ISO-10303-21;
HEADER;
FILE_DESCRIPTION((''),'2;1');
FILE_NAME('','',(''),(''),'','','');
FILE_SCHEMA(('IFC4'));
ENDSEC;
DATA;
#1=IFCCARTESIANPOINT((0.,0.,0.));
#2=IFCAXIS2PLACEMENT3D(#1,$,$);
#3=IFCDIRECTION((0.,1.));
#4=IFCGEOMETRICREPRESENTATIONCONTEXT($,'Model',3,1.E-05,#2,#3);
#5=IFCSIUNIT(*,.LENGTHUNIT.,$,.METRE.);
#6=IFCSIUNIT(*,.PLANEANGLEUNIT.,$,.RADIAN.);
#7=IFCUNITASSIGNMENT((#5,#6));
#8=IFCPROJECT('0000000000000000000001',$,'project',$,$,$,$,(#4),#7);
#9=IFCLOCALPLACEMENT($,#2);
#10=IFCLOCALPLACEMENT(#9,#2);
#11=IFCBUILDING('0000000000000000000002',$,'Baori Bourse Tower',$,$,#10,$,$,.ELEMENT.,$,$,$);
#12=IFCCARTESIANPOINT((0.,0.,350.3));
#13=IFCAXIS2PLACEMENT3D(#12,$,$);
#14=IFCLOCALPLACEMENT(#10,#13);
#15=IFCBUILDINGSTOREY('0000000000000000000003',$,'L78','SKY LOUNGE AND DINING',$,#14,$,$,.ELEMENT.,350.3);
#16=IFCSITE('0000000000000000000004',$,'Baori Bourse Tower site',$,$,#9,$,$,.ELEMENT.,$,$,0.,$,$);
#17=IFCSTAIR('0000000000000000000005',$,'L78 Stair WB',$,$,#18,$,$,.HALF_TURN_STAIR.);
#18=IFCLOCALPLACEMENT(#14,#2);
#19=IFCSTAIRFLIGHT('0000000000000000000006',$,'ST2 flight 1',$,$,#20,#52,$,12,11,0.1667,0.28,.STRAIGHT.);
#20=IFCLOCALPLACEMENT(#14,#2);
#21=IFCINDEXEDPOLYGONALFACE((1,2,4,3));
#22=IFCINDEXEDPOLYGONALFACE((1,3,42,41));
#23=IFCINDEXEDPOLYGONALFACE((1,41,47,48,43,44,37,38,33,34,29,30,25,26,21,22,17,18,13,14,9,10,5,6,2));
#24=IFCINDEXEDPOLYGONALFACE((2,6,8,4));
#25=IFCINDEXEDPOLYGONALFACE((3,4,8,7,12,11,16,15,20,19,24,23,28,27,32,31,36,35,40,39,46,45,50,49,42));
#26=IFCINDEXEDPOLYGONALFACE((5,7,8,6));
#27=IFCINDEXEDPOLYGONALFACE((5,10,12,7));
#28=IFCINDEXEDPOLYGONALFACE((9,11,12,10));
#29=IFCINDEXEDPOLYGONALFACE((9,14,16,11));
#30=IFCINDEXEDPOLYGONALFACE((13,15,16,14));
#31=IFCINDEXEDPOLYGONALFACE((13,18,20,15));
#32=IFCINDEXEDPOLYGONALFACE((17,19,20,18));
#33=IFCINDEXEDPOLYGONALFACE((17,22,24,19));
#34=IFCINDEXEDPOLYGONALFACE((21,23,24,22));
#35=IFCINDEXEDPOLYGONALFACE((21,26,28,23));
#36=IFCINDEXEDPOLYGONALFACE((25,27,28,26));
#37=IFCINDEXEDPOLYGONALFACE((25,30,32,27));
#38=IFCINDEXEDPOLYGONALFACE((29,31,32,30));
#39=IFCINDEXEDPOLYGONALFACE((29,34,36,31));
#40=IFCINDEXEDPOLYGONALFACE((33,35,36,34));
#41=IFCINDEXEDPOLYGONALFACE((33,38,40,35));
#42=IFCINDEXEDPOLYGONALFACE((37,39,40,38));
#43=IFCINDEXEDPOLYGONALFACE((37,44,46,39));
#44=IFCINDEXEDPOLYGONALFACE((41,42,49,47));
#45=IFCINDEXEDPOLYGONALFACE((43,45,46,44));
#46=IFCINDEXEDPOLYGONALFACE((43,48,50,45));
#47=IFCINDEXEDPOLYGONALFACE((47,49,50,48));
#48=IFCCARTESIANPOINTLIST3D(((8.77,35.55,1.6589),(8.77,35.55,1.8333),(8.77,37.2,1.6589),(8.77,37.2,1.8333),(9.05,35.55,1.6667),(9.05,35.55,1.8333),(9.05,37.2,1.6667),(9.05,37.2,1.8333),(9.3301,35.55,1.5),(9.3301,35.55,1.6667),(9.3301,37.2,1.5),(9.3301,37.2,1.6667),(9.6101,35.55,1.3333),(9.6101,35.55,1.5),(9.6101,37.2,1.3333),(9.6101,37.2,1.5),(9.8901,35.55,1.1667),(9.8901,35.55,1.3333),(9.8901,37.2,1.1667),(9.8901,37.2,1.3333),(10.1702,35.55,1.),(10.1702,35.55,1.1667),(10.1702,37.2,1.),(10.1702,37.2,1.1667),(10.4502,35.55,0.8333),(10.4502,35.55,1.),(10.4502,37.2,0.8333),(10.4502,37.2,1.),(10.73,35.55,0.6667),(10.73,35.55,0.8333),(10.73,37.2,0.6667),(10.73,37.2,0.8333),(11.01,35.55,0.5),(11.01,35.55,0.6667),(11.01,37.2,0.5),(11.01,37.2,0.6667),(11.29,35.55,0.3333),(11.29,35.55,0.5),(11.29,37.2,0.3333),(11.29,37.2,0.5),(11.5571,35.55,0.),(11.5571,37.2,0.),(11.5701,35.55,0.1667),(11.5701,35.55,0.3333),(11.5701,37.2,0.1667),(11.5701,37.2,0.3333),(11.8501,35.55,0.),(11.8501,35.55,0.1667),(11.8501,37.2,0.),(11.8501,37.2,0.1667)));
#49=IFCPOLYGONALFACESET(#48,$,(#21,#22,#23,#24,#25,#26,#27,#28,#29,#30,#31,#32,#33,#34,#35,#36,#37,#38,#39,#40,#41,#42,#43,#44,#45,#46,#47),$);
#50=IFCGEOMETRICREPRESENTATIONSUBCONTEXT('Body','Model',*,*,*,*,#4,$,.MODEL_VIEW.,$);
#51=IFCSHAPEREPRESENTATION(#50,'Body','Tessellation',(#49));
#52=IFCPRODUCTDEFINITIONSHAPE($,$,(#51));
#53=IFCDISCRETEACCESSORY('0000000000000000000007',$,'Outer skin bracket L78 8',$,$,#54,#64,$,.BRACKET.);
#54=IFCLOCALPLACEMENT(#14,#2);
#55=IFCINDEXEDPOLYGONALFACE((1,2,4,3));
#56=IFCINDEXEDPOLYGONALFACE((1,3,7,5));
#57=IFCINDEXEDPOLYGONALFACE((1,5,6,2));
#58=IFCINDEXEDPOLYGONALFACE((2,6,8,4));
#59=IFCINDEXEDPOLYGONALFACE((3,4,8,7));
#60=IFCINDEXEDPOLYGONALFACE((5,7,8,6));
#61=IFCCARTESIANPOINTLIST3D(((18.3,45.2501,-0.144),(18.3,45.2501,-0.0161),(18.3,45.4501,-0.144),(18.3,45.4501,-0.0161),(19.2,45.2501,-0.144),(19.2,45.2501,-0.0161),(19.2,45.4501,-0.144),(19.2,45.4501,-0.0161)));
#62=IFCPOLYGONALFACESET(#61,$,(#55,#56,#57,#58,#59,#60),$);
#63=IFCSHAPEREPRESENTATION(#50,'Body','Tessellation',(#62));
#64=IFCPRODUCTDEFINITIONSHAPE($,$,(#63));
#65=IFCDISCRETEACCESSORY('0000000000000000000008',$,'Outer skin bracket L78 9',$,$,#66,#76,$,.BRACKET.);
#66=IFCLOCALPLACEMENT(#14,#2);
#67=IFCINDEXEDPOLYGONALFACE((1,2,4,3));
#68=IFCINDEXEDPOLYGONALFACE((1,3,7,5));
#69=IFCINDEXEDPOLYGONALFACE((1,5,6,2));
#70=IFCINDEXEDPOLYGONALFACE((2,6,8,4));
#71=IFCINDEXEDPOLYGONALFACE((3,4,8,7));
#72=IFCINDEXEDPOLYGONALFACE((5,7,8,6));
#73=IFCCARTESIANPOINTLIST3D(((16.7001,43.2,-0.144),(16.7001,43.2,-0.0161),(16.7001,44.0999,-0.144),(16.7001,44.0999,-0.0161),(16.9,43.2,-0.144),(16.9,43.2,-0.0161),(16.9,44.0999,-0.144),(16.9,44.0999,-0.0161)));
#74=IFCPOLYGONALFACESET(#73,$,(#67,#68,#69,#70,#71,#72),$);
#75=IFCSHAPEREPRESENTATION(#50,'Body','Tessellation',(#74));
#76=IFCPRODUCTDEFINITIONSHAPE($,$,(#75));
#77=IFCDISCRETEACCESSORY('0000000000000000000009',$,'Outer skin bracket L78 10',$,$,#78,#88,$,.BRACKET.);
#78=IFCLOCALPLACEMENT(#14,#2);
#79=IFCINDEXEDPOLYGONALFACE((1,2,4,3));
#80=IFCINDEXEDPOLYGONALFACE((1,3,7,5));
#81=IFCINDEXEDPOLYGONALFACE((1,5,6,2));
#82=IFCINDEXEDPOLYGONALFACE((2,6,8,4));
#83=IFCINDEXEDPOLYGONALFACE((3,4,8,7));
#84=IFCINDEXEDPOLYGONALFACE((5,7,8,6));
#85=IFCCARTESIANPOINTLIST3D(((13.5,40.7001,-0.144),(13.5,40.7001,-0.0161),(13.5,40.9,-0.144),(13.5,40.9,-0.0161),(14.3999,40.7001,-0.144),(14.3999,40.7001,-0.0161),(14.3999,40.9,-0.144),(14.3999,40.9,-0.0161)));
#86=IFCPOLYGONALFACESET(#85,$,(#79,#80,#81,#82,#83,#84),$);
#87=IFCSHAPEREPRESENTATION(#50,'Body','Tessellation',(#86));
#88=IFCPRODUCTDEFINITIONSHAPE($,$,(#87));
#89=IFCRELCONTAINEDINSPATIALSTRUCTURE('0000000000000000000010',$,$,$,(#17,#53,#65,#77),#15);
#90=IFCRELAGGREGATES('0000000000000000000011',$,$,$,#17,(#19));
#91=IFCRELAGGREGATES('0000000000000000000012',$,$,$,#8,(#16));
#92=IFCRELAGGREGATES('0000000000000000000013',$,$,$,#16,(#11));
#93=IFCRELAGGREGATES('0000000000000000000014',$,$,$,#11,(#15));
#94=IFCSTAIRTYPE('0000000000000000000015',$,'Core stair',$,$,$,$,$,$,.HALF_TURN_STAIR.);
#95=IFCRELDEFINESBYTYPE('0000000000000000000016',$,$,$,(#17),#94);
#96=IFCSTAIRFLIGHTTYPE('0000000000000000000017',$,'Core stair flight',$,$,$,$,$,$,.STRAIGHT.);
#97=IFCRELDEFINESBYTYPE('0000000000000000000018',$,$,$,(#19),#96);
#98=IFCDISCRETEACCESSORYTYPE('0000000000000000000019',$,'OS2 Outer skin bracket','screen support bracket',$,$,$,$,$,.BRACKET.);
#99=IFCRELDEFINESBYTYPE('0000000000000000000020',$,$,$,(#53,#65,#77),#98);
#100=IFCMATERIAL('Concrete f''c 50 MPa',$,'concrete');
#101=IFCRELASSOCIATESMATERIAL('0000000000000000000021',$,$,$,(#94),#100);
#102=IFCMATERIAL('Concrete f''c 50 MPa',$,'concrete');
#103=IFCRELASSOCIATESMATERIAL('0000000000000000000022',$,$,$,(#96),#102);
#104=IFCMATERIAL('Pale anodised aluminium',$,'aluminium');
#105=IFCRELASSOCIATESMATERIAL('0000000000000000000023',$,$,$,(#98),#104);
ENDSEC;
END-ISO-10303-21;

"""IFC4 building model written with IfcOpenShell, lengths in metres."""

from ifc_helpers import new_model, si_unit, direction, frame, origin, origin_2d, place, context, subcontext, project, spatial, polyline, rectangle, outline, extrude, material, type_object, element, aggregate, save


model = new_model("IFC4")

# Units and contexts
model_context = context("Model", 3, precision=1e-05, world=origin(), true_north=direction((0.0, 1.0)))
body_context = subcontext(model_context, "Body", "Model", "MODEL_VIEW")
ifc_project = project(units=[si_unit("LENGTHUNIT", "METRE"), si_unit("PLANEANGLEUNIT", "RADIAN")], contexts=[model_context])

# Site, building, storey
site_placement = place(None, origin())
site = spatial("IfcSite", under=ifc_project, at=site_placement, Name="Baori Bourse Tower site", CompositionType="ELEMENT", RefElevation=0.0)
building_placement = place(site_placement, origin())
building = spatial("IfcBuilding", under=site, at=building_placement, Name="Baori Bourse Tower", CompositionType="ELEMENT")
storey_placement = place(building_placement, frame((0.0, 0.0, 350.3)))
storey = spatial("IfcBuildingStorey", under=building, at=storey_placement, Name="L78", Description="SKY LOUNGE AND DINING", CompositionType="ELEMENT", Elevation=350.3)

# Stair, stair flight
ifc_material_1 = material(Name="Concrete f'c 50 MPa", Category="concrete")
stair_type = type_object("IfcStairType", Name="Core stair", PredefinedType="HALF_TURN_STAIR", material=ifc_material_1)
stair_placement = place(storey_placement, origin())
stair = element("IfcStair", 1, at=stair_placement, inside=storey, type_object=stair_type, Name="L78 Stair WB", PredefinedType="HALF_TURN_STAIR")
ifc_material_2 = material(Name="Concrete f'c 50 MPa", Category="concrete")
stair_flight_type = type_object("IfcStairFlightType", Name="Core stair flight", PredefinedType="STRAIGHT", material=ifc_material_2)
stair_flight_placement = place(storey_placement, frame((11.8501, 36.375, 0.0), z_axis=(0.0, 0.0, 1.0), x_axis=(-1.0, 0.0, 0.0)))
stair_flight = element("IfcStairFlight", 2, at=stair_flight_placement, type_object=stair_flight_type, Name="ST2 flight 1", NumberOfRisers=12, NumberOfTreads=11, PredefinedType="STRAIGHT", RiserHeight=0.1667, TreadLength=0.28, context=body_context, shape_type="SweptSolid", body=[
    extrude(outline(polyline([(0.0, 0.0), (0.0, 0.1667), (0.28, 0.1667), (0.28, 0.3333), (0.5601, 0.3333), (0.5601, 0.5), (0.8401, 0.5), (0.8401, 0.6667), (1.1201, 0.6667), (1.1201, 0.8333), (1.3999, 0.8333), (1.3999, 1.0), (1.6799, 1.0), (1.6799, 1.1667), (1.96, 1.1667), (1.96, 1.3333), (2.24, 1.3333), (2.24, 1.5), (2.52, 1.5), (2.52, 1.6667), (2.8, 1.6667), (2.8, 1.8333), (3.0801, 1.8333), (3.0801, 2.0), (3.0801, 1.6589), (0.293, 0.0), (0.0, 0.0)])), frame((0.0, 0.825, 0.0), z_axis=(0.0, -1.0, 0.0), x_axis=(1.0, 0.0, 0.0)), (0.0, 0.0, 1.0), 1.6499),
])
aggregate(stair, [stair_flight])

# Discrete accessories
ifc_material_3 = material(Name="Pale anodised aluminium", Category="aluminium")
discrete_accessory_type = type_object("IfcDiscreteAccessoryType", Name="OS2 Outer skin bracket", Description="screen support bracket", PredefinedType="BRACKET", material=ifc_material_3)
for number, where, z_axis, x_axis, name in (
    (3, (18.75, 45.3501, -0.144), (0.0, 0.0, 1.0), (0.0, -1.0, 0.0), "Outer skin bracket L78 8"),
    (4, (16.8, 43.6499, -0.144), (0.0, 0.0, 1.0), (-1.0, 0.0, 0.0), "Outer skin bracket L78 9"),
    (5, (13.95, 40.8, -0.144), (0.0, 0.0, 1.0), (0.0, -1.0, 0.0), "Outer skin bracket L78 10"),
):
    element("IfcDiscreteAccessory", number, at=place(storey_placement, frame(where, z_axis=z_axis, x_axis=x_axis)), inside=storey, type_object=discrete_accessory_type, Name=name, PredefinedType="BRACKET", context=body_context, shape_type="SweptSolid", body=[
        extrude(rectangle(XDim=0.2, YDim=0.8999, at=origin_2d()), origin(), (0.0, 0.0, 1.0), 0.1279),
    ])

save(model, "model.ifc")
